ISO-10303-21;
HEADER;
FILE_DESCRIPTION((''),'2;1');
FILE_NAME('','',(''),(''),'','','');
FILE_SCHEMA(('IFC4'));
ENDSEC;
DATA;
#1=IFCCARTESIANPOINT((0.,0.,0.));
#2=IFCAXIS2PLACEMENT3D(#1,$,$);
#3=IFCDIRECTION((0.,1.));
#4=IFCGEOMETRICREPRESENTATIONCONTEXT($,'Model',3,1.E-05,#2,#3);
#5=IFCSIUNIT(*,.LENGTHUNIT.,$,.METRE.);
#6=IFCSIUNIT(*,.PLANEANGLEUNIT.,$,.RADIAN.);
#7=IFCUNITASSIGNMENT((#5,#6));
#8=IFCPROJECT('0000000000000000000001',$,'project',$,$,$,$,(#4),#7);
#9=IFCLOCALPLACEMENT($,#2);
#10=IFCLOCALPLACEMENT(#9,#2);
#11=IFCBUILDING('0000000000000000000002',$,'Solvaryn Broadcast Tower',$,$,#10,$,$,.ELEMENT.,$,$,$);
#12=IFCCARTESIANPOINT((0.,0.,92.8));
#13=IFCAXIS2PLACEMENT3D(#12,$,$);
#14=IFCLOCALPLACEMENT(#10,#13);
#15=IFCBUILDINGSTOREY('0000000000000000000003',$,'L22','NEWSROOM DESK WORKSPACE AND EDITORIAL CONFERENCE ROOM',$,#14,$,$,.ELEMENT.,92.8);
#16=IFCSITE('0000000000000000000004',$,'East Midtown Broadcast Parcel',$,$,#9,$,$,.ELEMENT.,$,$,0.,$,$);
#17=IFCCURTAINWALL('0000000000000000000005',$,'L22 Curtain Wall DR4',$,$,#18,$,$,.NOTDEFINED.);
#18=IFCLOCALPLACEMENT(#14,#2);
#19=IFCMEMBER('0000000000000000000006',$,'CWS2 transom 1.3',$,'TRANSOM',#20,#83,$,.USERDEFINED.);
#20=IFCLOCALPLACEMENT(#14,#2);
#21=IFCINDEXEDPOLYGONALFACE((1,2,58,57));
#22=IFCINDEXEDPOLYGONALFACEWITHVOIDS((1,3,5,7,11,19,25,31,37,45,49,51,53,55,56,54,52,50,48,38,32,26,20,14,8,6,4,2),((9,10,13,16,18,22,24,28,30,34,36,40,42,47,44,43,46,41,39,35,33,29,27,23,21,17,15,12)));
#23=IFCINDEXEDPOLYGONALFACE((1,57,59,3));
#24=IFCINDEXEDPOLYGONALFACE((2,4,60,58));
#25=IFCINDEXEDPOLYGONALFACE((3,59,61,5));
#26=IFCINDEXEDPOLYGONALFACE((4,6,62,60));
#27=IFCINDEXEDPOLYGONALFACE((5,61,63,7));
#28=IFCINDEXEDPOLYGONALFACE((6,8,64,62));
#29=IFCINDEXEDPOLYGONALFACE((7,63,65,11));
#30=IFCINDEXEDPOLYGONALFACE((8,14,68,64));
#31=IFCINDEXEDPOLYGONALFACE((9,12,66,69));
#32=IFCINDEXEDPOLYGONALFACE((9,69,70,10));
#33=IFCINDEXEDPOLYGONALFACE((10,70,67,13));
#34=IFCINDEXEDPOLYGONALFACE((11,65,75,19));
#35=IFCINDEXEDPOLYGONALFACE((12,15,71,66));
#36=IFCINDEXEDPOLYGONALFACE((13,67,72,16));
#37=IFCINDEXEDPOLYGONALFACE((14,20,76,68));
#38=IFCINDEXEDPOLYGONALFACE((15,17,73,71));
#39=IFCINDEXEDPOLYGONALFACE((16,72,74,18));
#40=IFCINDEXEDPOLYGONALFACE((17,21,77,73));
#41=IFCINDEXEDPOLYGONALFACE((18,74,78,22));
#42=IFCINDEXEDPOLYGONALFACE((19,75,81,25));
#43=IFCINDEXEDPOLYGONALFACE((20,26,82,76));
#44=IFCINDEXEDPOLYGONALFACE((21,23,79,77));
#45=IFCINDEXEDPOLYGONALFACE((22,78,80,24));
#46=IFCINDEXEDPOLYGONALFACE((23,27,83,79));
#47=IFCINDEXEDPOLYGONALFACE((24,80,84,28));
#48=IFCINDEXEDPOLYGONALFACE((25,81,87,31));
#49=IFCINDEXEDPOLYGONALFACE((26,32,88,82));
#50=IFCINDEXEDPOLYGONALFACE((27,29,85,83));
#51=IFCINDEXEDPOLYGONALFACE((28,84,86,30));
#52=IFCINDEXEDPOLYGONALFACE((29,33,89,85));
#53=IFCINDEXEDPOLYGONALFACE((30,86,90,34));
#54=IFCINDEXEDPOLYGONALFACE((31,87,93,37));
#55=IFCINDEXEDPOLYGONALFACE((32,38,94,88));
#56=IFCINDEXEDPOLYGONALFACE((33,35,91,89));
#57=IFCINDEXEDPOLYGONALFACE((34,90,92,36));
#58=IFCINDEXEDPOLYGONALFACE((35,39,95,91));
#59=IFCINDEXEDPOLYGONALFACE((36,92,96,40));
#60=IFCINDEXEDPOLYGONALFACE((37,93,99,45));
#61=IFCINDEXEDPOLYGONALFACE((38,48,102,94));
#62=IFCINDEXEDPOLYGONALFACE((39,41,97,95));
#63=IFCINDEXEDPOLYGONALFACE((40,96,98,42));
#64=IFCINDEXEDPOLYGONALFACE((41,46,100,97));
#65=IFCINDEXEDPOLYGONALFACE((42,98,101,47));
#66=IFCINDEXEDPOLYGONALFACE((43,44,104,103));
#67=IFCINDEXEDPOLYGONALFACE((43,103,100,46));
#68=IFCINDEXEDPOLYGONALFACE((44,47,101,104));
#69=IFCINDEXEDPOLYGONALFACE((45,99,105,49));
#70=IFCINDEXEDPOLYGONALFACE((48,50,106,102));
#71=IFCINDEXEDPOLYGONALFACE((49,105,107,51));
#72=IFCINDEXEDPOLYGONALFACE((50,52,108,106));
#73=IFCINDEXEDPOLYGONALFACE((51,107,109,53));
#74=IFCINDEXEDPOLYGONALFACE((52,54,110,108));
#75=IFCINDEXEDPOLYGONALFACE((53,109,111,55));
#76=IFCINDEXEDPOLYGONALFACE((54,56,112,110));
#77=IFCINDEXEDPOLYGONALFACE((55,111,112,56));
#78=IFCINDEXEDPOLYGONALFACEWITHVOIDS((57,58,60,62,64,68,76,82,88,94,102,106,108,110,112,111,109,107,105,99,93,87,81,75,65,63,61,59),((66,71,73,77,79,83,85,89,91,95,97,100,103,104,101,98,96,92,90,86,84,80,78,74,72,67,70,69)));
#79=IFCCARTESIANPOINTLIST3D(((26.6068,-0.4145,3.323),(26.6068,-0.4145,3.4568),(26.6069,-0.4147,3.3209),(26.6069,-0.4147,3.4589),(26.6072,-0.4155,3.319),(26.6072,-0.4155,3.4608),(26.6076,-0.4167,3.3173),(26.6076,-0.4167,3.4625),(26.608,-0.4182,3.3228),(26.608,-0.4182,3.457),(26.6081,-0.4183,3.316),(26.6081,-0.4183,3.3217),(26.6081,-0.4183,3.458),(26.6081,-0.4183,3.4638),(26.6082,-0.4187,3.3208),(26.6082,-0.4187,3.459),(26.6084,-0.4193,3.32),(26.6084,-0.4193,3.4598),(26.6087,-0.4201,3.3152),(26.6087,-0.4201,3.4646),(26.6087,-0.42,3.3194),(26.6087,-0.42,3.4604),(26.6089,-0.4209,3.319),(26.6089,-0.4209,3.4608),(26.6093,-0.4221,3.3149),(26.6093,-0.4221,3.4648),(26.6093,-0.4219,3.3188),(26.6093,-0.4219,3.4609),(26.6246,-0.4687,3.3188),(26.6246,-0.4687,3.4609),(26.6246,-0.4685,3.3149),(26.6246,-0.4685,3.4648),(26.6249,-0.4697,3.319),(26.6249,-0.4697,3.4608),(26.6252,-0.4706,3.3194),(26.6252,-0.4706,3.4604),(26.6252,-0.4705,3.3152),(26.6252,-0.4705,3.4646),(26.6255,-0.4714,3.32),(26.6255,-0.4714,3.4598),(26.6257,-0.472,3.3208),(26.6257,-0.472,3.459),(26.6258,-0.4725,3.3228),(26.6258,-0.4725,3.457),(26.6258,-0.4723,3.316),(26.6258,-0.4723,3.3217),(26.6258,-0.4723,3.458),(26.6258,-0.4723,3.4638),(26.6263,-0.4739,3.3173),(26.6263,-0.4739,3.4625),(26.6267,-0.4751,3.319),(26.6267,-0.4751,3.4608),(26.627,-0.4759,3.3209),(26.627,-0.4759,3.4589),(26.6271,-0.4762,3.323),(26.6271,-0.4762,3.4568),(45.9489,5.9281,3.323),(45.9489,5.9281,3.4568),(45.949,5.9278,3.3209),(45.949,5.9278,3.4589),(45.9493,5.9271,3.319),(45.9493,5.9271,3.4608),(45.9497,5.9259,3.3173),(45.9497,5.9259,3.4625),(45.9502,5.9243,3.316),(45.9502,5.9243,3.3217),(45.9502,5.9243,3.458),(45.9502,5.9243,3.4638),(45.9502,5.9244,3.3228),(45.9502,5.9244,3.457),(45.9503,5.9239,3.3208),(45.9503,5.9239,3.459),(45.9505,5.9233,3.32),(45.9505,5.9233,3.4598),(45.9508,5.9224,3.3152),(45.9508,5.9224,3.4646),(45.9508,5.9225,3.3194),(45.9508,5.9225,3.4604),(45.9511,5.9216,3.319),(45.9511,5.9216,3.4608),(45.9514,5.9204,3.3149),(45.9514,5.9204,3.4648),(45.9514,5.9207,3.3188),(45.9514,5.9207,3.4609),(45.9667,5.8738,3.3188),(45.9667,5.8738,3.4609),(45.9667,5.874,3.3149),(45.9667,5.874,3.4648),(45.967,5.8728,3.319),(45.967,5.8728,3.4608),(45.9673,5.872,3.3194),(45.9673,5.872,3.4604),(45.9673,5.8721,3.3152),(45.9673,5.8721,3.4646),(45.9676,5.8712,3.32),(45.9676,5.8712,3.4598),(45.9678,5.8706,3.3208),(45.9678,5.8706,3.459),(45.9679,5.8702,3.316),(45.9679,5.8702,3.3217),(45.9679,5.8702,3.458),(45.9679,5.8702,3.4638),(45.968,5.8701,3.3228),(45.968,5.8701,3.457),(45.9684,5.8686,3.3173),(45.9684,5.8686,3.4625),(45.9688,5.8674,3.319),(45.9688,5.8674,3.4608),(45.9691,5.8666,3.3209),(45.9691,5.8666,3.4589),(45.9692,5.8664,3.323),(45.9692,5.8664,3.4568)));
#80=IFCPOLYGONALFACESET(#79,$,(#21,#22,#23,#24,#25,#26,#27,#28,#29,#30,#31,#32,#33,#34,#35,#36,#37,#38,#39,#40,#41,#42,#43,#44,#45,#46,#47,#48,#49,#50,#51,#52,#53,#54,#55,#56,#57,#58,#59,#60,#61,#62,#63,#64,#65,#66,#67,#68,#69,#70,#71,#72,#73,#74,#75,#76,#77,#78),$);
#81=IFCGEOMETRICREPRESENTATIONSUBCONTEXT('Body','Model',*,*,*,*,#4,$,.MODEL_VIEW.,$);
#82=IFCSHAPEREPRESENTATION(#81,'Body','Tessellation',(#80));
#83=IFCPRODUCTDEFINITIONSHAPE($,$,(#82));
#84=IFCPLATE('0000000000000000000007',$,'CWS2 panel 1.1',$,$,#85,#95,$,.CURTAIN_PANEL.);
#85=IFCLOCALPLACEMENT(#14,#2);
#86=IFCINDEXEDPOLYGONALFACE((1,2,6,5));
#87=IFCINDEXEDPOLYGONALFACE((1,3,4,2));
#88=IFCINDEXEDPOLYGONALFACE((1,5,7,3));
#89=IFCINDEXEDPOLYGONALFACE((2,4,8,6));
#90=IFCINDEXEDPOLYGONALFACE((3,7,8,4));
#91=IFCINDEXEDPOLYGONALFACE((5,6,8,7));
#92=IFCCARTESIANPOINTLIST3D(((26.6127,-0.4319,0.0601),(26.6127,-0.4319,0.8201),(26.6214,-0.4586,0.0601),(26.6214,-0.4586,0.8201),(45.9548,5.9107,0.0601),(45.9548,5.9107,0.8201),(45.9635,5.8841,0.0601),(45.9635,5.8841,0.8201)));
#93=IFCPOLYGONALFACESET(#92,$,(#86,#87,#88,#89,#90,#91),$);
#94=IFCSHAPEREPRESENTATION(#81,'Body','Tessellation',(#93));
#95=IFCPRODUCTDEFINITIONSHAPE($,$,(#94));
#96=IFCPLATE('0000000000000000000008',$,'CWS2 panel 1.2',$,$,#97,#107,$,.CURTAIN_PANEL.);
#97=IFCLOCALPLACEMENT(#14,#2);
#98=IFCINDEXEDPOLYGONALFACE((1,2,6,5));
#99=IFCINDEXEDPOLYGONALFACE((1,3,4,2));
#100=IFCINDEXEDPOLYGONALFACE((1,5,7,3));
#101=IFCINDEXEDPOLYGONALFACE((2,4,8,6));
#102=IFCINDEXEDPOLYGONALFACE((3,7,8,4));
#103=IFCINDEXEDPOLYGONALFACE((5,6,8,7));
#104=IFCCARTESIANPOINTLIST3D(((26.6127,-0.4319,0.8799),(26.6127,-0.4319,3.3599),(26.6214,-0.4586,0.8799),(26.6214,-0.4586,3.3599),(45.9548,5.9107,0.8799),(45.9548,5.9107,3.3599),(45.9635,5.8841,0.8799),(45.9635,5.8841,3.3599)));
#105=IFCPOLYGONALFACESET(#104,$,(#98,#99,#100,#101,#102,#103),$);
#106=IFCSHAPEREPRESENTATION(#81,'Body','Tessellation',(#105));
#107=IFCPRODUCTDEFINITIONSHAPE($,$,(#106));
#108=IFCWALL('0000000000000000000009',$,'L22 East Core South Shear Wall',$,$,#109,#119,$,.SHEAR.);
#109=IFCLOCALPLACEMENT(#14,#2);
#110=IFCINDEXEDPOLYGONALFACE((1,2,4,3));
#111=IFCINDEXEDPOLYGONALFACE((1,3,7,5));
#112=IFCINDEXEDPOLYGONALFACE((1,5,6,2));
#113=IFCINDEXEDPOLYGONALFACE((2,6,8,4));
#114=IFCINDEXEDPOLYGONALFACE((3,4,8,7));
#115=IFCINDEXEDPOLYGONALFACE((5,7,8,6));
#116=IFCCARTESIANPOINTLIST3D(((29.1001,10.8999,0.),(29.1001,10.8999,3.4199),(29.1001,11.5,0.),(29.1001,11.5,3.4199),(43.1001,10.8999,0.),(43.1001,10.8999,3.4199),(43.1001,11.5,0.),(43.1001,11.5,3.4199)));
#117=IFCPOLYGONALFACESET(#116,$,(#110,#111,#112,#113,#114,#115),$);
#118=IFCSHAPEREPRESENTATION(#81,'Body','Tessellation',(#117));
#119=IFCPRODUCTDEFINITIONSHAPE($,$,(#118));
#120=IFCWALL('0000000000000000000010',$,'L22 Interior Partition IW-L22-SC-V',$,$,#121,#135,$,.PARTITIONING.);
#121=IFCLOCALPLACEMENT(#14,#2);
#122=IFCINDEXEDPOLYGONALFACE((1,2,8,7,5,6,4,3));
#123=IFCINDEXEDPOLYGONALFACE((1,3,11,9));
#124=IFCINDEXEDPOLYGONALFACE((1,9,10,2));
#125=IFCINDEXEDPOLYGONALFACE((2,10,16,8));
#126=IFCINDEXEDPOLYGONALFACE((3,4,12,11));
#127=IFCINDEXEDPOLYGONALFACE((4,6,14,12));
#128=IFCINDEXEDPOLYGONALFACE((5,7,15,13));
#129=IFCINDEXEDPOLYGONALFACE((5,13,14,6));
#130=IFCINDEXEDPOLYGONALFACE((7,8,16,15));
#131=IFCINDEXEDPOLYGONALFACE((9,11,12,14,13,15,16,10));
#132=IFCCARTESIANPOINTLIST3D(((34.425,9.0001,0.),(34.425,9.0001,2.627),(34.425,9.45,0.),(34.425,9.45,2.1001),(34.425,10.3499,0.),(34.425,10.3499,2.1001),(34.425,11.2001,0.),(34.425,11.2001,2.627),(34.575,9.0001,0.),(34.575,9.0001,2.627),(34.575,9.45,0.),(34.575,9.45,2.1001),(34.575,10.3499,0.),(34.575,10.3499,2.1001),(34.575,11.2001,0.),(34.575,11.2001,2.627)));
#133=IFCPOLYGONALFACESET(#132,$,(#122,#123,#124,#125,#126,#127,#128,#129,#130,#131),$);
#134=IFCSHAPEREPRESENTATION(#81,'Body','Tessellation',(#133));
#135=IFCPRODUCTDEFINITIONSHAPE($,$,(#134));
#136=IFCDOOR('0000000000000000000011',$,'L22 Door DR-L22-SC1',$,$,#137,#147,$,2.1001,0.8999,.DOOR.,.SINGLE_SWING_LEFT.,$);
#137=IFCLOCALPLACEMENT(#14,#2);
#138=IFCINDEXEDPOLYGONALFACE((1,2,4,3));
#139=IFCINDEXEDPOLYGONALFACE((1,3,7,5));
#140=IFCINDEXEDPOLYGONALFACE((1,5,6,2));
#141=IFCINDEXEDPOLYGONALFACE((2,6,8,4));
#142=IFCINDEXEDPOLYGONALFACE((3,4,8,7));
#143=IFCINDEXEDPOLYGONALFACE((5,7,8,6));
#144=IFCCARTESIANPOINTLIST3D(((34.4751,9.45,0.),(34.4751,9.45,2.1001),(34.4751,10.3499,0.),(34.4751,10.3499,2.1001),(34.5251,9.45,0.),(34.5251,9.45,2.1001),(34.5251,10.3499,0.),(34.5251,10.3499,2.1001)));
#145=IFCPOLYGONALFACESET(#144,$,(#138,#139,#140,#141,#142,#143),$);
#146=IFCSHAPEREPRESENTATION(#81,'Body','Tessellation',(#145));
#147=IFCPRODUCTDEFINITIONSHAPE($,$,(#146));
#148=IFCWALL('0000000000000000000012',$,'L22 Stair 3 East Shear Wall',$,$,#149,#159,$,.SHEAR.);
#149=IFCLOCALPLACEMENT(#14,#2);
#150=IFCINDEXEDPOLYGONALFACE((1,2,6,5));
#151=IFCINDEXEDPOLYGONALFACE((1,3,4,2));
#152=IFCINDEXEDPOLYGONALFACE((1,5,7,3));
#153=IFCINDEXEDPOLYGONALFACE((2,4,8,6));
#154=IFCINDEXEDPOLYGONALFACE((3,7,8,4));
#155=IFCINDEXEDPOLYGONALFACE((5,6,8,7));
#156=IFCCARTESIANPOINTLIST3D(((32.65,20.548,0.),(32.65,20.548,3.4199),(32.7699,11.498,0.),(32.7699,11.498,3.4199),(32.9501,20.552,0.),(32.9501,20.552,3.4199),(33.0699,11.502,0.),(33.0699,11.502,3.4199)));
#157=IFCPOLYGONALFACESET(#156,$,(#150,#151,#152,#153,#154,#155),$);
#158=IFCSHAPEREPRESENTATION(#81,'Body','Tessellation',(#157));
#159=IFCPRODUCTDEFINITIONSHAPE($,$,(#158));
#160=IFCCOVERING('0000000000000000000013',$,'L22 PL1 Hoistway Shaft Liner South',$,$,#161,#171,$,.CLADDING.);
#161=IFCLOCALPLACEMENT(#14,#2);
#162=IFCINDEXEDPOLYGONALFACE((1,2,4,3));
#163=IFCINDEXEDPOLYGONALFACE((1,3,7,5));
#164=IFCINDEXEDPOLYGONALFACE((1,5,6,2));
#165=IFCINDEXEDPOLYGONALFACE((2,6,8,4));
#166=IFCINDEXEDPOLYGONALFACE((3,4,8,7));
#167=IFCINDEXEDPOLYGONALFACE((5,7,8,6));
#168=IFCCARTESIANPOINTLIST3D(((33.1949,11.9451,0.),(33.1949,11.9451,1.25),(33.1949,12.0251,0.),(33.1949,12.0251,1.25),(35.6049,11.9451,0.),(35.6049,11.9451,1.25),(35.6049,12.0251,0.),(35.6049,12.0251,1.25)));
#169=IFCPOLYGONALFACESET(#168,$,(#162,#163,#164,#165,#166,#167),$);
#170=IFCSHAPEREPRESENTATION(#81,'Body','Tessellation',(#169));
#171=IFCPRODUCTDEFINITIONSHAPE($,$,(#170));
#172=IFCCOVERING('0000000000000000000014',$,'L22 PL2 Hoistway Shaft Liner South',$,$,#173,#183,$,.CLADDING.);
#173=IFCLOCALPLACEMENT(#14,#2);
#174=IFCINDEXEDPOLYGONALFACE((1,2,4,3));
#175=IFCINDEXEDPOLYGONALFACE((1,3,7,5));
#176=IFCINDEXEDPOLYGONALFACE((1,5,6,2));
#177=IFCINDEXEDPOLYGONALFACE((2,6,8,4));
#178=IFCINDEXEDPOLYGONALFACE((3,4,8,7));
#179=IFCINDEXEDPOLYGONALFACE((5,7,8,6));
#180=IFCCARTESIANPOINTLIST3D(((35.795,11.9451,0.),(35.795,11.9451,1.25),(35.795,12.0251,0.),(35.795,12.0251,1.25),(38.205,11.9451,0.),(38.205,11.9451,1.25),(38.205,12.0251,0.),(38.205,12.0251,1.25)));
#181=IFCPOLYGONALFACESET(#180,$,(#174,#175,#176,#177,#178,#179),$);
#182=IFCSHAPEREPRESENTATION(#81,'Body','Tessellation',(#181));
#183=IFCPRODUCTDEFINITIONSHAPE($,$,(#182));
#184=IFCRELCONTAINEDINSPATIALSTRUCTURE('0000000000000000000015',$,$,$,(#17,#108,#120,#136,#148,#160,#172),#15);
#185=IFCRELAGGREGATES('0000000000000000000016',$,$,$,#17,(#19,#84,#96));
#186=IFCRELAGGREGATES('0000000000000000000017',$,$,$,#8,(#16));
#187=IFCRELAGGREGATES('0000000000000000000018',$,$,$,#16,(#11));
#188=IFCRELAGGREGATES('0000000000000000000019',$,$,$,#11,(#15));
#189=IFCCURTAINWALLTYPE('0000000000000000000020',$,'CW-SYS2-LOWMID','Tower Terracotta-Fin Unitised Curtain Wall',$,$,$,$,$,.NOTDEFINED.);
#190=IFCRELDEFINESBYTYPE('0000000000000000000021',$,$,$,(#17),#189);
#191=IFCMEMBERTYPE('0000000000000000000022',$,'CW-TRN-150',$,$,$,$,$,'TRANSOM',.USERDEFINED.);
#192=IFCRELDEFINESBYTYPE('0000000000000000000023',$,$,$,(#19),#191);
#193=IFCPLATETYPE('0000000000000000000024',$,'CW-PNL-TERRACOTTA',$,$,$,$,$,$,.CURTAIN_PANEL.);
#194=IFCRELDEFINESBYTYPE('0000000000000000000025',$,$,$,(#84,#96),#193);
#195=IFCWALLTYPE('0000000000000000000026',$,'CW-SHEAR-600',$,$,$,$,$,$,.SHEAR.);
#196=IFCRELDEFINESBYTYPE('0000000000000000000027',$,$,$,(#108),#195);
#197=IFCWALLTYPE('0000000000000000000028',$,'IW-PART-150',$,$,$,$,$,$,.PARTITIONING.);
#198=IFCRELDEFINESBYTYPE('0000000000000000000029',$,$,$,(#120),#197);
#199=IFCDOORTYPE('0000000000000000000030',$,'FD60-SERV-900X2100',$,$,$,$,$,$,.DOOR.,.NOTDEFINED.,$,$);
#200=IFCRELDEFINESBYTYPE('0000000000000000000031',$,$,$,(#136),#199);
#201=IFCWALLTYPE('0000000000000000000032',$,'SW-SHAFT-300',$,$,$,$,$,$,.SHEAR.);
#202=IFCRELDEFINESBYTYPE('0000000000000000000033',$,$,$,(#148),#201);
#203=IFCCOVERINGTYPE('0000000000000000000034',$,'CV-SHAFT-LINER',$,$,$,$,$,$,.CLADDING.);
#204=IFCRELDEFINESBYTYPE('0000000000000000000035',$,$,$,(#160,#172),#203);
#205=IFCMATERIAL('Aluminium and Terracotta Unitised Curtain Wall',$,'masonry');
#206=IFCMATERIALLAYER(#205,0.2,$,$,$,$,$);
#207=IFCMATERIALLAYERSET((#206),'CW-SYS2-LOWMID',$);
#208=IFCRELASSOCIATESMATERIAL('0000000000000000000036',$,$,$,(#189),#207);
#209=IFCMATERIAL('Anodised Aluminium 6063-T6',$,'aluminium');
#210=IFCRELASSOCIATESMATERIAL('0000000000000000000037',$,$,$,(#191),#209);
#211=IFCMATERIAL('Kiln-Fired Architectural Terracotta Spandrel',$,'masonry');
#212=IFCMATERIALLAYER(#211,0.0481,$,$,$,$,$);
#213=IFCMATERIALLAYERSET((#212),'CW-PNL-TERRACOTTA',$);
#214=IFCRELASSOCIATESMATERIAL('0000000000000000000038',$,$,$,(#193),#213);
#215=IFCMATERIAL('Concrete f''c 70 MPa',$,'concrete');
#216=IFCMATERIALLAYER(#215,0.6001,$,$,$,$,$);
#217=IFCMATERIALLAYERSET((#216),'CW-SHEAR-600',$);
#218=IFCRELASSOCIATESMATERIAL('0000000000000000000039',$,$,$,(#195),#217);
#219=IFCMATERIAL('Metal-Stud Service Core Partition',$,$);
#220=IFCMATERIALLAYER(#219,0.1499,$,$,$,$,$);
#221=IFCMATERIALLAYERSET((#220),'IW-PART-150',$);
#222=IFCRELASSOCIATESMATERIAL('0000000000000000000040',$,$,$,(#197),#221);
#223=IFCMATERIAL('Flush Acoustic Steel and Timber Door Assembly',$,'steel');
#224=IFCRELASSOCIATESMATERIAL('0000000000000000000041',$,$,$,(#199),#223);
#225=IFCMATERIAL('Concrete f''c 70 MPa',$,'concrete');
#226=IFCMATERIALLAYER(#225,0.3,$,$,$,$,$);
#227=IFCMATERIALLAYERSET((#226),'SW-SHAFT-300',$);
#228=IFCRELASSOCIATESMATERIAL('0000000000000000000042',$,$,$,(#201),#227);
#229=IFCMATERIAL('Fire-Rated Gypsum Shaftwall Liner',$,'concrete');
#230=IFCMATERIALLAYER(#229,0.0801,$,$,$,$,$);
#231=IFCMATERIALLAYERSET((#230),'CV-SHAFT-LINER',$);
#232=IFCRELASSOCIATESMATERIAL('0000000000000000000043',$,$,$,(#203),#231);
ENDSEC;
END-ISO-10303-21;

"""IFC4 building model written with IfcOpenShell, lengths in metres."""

from ifc_helpers import new_model, si_unit, direction, frame, frame_2d, origin, origin_2d, place, context, subcontext, project, spatial, rectangle, hollow_rectangle, extrude, material, layer, layer_set, material_profile, profile_set, type_object, element, fill, aggregate, save


model = new_model("IFC4")

# Units and contexts
model_context = context("Model", 3, precision=1e-05, world=origin(), true_north=direction((0.0, 1.0)))
body_context = subcontext(model_context, "Body", "Model", "MODEL_VIEW")
ifc_project = project(units=[si_unit("LENGTHUNIT", "METRE"), si_unit("PLANEANGLEUNIT", "RADIAN")], contexts=[model_context])

# Site, building, storey
site_placement = place(None, origin())
site = spatial("IfcSite", under=ifc_project, at=site_placement, Name="East Midtown Broadcast Parcel", CompositionType="ELEMENT", RefElevation=0.0)
building_placement = place(site_placement, origin())
building = spatial("IfcBuilding", under=site, at=building_placement, Name="Solvaryn Broadcast Tower", CompositionType="ELEMENT")
storey_placement = place(building_placement, frame((0.0, 0.0, 92.8)))
storey = spatial("IfcBuildingStorey", under=building, at=storey_placement, Name="L22", Description="NEWSROOM DESK WORKSPACE AND EDITORIAL CONFERENCE ROOM", CompositionType="ELEMENT", Elevation=92.8)

# Shared definitions
ifc_material_1 = material(Name="Aluminium and Terracotta Unitised Curtain Wall", Category="masonry")
ifc_layer_1 = layer(ifc_material_1, 0.2)
ifc_layer_set_1 = layer_set([ifc_layer_1], Name="CW-SYS2-LOWMID")
curtain_wall_type = type_object("IfcCurtainWallType", Name="CW-SYS2-LOWMID", Description="Tower Terracotta-Fin Unitised Curtain Wall", PredefinedType="NOTDEFINED", material=ifc_layer_set_1)

# Curtain wall, member, plates
curtain_wall_1_placement = place(storey_placement, origin())
curtain_wall_1 = element("IfcCurtainWall", 1, at=curtain_wall_1_placement, inside=storey, type_object=curtain_wall_type, Name="L22 Curtain Wall DR4", PredefinedType="NOTDEFINED")
ifc_material_2 = material(Name="Anodised Aluminium 6063-T6", Category="aluminium")
ifc_material_profile_1 = material_profile(ifc_material_2, hollow_rectangle(XDim=0.0649, YDim=0.1499, WallThickness=0.0039, InnerFilletRadius=0.0039, OuterFilletRadius=0.0081, at=origin_2d()))
ifc_profile_set_1 = profile_set([ifc_material_profile_1], Name="Anodised Aluminium 6063-T6")
member_type_1 = type_object("IfcMemberType", Name="CW-TRN-150", ElementType="TRANSOM", PredefinedType="USERDEFINED", material=ifc_profile_set_1)
member_1_placement = place(storey_placement, frame((26.6169, -0.4453, 3.3899), z_axis=(0.950217, 0.31159, 0.0), x_axis=(-0.31159, 0.950217, 0.0)))
member_1 = element("IfcMember", 2, at=member_1_placement, type_object=member_type_1, Name="CWS2 transom 1.3", ObjectType="TRANSOM", PredefinedType="USERDEFINED", context=body_context, shape_type="SweptSolid", body=[
    extrude(hollow_rectangle(XDim=0.0649, YDim=0.1499, WallThickness=0.0039, InnerFilletRadius=0.0039, OuterFilletRadius=0.0081, at=origin_2d()), origin(), (0.0, 0.0, 1.0), 20.3555),
])
ifc_material_3 = material(Name="Kiln-Fired Architectural Terracotta Spandrel", Category="masonry")
ifc_layer_2 = layer(ifc_material_3, 0.0481)
ifc_layer_set_2 = layer_set([ifc_layer_2], Name="CW-PNL-TERRACOTTA")
plate_type = type_object("IfcPlateType", Name="CW-PNL-TERRACOTTA", PredefinedType="CURTAIN_PANEL", material=ifc_layer_set_2)
plate_1_placement = place(storey_placement, frame((36.2881, 2.7261, 0.0601), z_axis=(0.0, 0.0, 1.0), x_axis=(0.950215, 0.311594, 0.0)))
plate_1 = element("IfcPlate", 3, at=plate_1_placement, type_object=plate_type, Name="CWS2 panel 1.1", PredefinedType="CURTAIN_PANEL", context=body_context, shape_type="SweptSolid", body=[
    extrude(rectangle(XDim=20.3555, YDim=0.0281, at=origin_2d()), origin(), (0.0, 0.0, 1.0), 0.76),
])
plate_2_placement = place(storey_placement, frame((36.2881, 2.7261, 0.8799), z_axis=(0.0, 0.0, 1.0), x_axis=(0.950215, 0.311594, 0.0)))
plate_2 = element("IfcPlate", 4, at=plate_2_placement, type_object=plate_type, Name="CWS2 panel 1.2", PredefinedType="CURTAIN_PANEL", context=body_context, shape_type="SweptSolid", body=[
    extrude(rectangle(XDim=20.3555, YDim=0.0281, at=origin_2d()), origin(), (0.0, 0.0, 1.0), 2.48),
])
aggregate(curtain_wall_1, [member_1, plate_1, plate_2])

# Wall
ifc_material_4 = material(Name="Concrete f'c 70 MPa", Category="concrete")
ifc_layer_3 = layer(ifc_material_4, 0.6001)
ifc_layer_set_3 = layer_set([ifc_layer_3], Name="CW-SHEAR-600")
wall_type_1 = type_object("IfcWallType", Name="CW-SHEAR-600", PredefinedType="SHEAR", material=ifc_layer_set_3)
wall_1_placement = place(storey_placement, frame((29.1001, 11.2, 0.0), z_axis=(0.0, 0.0, 1.0), x_axis=(1.0, 0.0, 0.0)))
element("IfcWall", 5, at=wall_1_placement, inside=storey, type_object=wall_type_1, Name="L22 East Core South Shear Wall", PredefinedType="SHEAR", context=body_context, shape_type="SweptSolid", body=[
    extrude(rectangle(XDim=14.0, YDim=0.6001, at=frame_2d((7.0, 0.0))), origin(), (0.0, 0.0, 1.0), 3.4199),
])

# Wall, opening, door
ifc_material_5 = material(Name="Metal-Stud Service Core Partition")
ifc_layer_4 = layer(ifc_material_5, 0.1499)
ifc_layer_set_4 = layer_set([ifc_layer_4], Name="IW-PART-150")
wall_type_2 = type_object("IfcWallType", Name="IW-PART-150", PredefinedType="PARTITIONING", material=ifc_layer_set_4)
wall_2_placement = place(storey_placement, frame((34.5, 9.0, 0.0), z_axis=(0.0, 0.0, 1.0), x_axis=(0.0, 1.0, 0.0)))
wall_2 = element("IfcWall", 6, at=wall_2_placement, inside=storey, type_object=wall_type_2, Name="L22 Interior Partition IW-L22-SC-V", PredefinedType="PARTITIONING", context=body_context, shape_type="SweptSolid", body=[
    extrude(rectangle(XDim=2.2, YDim=0.1499, at=frame_2d((1.1001, 0.0))), origin(), (0.0, 0.0, 1.0), 2.627),
])
opening_placement = place(wall_2_placement, frame((0.45, 0.0, 0.0)))
opening = element("IfcOpeningElement", 7, at=opening_placement, cuts=wall_2, PredefinedType="OPENING", context=body_context, shape_type="SweptSolid", body=[
    extrude(rectangle(XDim=0.8999, YDim=2.1001, at=frame_2d((0.45, 1.05))), frame((0.0, 0.085, 0.0), z_axis=(0.0, -1.0, 0.0), x_axis=(1.0, 0.0, 0.0)), (0.0, 0.0, 1.0), 0.1699),
])
ifc_material_6 = material(Name="Flush Acoustic Steel and Timber Door Assembly", Category="steel")
door_type = type_object("IfcDoorType", Name="FD60-SERV-900X2100", OperationType="NOTDEFINED", PredefinedType="DOOR", material=ifc_material_6)
door_placement = place(opening_placement, origin())
door = element("IfcDoor", 8, at=door_placement, inside=storey, type_object=door_type, Name="L22 Door DR-L22-SC1", OperationType="SINGLE_SWING_LEFT", OverallHeight=2.1001, OverallWidth=0.8999, PredefinedType="DOOR", context=body_context, shape_type="SweptSolid", body=[
    extrude(rectangle(XDim=0.8999, YDim=2.1001, at=frame_2d((0.45, 1.05))), frame((0.0, 0.0249, 0.0), z_axis=(0.0, -1.0, 0.0), x_axis=(1.0, 0.0, 0.0)), (0.0, 0.0, 1.0), 0.05),
])
fill(opening, door)

# Wall
ifc_material_7 = material(Name="Concrete f'c 70 MPa", Category="concrete")
ifc_layer_5 = layer(ifc_material_7, 0.3)
ifc_layer_set_5 = layer_set([ifc_layer_5], Name="SW-SHAFT-300")
wall_type_3 = type_object("IfcWallType", Name="SW-SHAFT-300", PredefinedType="SHEAR", material=ifc_layer_set_5)
wall_3_placement = place(storey_placement, frame((32.9199, 11.5, 0.0), z_axis=(0.0, 0.0, 1.0), x_axis=(-0.013244, 0.999912, 0.0)))
element("IfcWall", 9, at=wall_3_placement, inside=storey, type_object=wall_type_3, Name="L22 Stair 3 East Shear Wall", PredefinedType="SHEAR", context=body_context, shape_type="SweptSolid", body=[
    extrude(rectangle(XDim=9.0508, YDim=0.3, at=frame_2d((4.5254, 0.0))), origin(), (0.0, 0.0, 1.0), 3.4199),
])

# Coverings
ifc_material_8 = material(Name="Fire-Rated Gypsum Shaftwall Liner", Category="concrete")
ifc_layer_6 = layer(ifc_material_8, 0.0801)
ifc_layer_set_6 = layer_set([ifc_layer_6], Name="CV-SHAFT-LINER")
covering_type_1 = type_object("IfcCoveringType", Name="CV-SHAFT-LINER", PredefinedType="CLADDING", material=ifc_layer_set_6)
for number, where, z_axis, x_axis, name in (
    (10, (34.3999, 11.9851, 0.0), (0.0, 0.0, 1.0), (1.0, 0.0, 0.0), "L22 PL1 Hoistway Shaft Liner South"),
    (11, (37.0, 11.9851, 0.0), (0.0, 0.0, 1.0), (1.0, 0.0, 0.0), "L22 PL2 Hoistway Shaft Liner South"),
):
    element("IfcCovering", number, at=place(storey_placement, frame(where, z_axis=z_axis, x_axis=x_axis)), inside=storey, type_object=covering_type_1, Name=name, PredefinedType="CLADDING", context=body_context, shape_type="SweptSolid", body=[
        extrude(rectangle(XDim=2.4099, YDim=0.0801, at=origin_2d()), origin(), (0.0, 0.0, 1.0), 1.25),
    ])

save(model, "model.ifc")
